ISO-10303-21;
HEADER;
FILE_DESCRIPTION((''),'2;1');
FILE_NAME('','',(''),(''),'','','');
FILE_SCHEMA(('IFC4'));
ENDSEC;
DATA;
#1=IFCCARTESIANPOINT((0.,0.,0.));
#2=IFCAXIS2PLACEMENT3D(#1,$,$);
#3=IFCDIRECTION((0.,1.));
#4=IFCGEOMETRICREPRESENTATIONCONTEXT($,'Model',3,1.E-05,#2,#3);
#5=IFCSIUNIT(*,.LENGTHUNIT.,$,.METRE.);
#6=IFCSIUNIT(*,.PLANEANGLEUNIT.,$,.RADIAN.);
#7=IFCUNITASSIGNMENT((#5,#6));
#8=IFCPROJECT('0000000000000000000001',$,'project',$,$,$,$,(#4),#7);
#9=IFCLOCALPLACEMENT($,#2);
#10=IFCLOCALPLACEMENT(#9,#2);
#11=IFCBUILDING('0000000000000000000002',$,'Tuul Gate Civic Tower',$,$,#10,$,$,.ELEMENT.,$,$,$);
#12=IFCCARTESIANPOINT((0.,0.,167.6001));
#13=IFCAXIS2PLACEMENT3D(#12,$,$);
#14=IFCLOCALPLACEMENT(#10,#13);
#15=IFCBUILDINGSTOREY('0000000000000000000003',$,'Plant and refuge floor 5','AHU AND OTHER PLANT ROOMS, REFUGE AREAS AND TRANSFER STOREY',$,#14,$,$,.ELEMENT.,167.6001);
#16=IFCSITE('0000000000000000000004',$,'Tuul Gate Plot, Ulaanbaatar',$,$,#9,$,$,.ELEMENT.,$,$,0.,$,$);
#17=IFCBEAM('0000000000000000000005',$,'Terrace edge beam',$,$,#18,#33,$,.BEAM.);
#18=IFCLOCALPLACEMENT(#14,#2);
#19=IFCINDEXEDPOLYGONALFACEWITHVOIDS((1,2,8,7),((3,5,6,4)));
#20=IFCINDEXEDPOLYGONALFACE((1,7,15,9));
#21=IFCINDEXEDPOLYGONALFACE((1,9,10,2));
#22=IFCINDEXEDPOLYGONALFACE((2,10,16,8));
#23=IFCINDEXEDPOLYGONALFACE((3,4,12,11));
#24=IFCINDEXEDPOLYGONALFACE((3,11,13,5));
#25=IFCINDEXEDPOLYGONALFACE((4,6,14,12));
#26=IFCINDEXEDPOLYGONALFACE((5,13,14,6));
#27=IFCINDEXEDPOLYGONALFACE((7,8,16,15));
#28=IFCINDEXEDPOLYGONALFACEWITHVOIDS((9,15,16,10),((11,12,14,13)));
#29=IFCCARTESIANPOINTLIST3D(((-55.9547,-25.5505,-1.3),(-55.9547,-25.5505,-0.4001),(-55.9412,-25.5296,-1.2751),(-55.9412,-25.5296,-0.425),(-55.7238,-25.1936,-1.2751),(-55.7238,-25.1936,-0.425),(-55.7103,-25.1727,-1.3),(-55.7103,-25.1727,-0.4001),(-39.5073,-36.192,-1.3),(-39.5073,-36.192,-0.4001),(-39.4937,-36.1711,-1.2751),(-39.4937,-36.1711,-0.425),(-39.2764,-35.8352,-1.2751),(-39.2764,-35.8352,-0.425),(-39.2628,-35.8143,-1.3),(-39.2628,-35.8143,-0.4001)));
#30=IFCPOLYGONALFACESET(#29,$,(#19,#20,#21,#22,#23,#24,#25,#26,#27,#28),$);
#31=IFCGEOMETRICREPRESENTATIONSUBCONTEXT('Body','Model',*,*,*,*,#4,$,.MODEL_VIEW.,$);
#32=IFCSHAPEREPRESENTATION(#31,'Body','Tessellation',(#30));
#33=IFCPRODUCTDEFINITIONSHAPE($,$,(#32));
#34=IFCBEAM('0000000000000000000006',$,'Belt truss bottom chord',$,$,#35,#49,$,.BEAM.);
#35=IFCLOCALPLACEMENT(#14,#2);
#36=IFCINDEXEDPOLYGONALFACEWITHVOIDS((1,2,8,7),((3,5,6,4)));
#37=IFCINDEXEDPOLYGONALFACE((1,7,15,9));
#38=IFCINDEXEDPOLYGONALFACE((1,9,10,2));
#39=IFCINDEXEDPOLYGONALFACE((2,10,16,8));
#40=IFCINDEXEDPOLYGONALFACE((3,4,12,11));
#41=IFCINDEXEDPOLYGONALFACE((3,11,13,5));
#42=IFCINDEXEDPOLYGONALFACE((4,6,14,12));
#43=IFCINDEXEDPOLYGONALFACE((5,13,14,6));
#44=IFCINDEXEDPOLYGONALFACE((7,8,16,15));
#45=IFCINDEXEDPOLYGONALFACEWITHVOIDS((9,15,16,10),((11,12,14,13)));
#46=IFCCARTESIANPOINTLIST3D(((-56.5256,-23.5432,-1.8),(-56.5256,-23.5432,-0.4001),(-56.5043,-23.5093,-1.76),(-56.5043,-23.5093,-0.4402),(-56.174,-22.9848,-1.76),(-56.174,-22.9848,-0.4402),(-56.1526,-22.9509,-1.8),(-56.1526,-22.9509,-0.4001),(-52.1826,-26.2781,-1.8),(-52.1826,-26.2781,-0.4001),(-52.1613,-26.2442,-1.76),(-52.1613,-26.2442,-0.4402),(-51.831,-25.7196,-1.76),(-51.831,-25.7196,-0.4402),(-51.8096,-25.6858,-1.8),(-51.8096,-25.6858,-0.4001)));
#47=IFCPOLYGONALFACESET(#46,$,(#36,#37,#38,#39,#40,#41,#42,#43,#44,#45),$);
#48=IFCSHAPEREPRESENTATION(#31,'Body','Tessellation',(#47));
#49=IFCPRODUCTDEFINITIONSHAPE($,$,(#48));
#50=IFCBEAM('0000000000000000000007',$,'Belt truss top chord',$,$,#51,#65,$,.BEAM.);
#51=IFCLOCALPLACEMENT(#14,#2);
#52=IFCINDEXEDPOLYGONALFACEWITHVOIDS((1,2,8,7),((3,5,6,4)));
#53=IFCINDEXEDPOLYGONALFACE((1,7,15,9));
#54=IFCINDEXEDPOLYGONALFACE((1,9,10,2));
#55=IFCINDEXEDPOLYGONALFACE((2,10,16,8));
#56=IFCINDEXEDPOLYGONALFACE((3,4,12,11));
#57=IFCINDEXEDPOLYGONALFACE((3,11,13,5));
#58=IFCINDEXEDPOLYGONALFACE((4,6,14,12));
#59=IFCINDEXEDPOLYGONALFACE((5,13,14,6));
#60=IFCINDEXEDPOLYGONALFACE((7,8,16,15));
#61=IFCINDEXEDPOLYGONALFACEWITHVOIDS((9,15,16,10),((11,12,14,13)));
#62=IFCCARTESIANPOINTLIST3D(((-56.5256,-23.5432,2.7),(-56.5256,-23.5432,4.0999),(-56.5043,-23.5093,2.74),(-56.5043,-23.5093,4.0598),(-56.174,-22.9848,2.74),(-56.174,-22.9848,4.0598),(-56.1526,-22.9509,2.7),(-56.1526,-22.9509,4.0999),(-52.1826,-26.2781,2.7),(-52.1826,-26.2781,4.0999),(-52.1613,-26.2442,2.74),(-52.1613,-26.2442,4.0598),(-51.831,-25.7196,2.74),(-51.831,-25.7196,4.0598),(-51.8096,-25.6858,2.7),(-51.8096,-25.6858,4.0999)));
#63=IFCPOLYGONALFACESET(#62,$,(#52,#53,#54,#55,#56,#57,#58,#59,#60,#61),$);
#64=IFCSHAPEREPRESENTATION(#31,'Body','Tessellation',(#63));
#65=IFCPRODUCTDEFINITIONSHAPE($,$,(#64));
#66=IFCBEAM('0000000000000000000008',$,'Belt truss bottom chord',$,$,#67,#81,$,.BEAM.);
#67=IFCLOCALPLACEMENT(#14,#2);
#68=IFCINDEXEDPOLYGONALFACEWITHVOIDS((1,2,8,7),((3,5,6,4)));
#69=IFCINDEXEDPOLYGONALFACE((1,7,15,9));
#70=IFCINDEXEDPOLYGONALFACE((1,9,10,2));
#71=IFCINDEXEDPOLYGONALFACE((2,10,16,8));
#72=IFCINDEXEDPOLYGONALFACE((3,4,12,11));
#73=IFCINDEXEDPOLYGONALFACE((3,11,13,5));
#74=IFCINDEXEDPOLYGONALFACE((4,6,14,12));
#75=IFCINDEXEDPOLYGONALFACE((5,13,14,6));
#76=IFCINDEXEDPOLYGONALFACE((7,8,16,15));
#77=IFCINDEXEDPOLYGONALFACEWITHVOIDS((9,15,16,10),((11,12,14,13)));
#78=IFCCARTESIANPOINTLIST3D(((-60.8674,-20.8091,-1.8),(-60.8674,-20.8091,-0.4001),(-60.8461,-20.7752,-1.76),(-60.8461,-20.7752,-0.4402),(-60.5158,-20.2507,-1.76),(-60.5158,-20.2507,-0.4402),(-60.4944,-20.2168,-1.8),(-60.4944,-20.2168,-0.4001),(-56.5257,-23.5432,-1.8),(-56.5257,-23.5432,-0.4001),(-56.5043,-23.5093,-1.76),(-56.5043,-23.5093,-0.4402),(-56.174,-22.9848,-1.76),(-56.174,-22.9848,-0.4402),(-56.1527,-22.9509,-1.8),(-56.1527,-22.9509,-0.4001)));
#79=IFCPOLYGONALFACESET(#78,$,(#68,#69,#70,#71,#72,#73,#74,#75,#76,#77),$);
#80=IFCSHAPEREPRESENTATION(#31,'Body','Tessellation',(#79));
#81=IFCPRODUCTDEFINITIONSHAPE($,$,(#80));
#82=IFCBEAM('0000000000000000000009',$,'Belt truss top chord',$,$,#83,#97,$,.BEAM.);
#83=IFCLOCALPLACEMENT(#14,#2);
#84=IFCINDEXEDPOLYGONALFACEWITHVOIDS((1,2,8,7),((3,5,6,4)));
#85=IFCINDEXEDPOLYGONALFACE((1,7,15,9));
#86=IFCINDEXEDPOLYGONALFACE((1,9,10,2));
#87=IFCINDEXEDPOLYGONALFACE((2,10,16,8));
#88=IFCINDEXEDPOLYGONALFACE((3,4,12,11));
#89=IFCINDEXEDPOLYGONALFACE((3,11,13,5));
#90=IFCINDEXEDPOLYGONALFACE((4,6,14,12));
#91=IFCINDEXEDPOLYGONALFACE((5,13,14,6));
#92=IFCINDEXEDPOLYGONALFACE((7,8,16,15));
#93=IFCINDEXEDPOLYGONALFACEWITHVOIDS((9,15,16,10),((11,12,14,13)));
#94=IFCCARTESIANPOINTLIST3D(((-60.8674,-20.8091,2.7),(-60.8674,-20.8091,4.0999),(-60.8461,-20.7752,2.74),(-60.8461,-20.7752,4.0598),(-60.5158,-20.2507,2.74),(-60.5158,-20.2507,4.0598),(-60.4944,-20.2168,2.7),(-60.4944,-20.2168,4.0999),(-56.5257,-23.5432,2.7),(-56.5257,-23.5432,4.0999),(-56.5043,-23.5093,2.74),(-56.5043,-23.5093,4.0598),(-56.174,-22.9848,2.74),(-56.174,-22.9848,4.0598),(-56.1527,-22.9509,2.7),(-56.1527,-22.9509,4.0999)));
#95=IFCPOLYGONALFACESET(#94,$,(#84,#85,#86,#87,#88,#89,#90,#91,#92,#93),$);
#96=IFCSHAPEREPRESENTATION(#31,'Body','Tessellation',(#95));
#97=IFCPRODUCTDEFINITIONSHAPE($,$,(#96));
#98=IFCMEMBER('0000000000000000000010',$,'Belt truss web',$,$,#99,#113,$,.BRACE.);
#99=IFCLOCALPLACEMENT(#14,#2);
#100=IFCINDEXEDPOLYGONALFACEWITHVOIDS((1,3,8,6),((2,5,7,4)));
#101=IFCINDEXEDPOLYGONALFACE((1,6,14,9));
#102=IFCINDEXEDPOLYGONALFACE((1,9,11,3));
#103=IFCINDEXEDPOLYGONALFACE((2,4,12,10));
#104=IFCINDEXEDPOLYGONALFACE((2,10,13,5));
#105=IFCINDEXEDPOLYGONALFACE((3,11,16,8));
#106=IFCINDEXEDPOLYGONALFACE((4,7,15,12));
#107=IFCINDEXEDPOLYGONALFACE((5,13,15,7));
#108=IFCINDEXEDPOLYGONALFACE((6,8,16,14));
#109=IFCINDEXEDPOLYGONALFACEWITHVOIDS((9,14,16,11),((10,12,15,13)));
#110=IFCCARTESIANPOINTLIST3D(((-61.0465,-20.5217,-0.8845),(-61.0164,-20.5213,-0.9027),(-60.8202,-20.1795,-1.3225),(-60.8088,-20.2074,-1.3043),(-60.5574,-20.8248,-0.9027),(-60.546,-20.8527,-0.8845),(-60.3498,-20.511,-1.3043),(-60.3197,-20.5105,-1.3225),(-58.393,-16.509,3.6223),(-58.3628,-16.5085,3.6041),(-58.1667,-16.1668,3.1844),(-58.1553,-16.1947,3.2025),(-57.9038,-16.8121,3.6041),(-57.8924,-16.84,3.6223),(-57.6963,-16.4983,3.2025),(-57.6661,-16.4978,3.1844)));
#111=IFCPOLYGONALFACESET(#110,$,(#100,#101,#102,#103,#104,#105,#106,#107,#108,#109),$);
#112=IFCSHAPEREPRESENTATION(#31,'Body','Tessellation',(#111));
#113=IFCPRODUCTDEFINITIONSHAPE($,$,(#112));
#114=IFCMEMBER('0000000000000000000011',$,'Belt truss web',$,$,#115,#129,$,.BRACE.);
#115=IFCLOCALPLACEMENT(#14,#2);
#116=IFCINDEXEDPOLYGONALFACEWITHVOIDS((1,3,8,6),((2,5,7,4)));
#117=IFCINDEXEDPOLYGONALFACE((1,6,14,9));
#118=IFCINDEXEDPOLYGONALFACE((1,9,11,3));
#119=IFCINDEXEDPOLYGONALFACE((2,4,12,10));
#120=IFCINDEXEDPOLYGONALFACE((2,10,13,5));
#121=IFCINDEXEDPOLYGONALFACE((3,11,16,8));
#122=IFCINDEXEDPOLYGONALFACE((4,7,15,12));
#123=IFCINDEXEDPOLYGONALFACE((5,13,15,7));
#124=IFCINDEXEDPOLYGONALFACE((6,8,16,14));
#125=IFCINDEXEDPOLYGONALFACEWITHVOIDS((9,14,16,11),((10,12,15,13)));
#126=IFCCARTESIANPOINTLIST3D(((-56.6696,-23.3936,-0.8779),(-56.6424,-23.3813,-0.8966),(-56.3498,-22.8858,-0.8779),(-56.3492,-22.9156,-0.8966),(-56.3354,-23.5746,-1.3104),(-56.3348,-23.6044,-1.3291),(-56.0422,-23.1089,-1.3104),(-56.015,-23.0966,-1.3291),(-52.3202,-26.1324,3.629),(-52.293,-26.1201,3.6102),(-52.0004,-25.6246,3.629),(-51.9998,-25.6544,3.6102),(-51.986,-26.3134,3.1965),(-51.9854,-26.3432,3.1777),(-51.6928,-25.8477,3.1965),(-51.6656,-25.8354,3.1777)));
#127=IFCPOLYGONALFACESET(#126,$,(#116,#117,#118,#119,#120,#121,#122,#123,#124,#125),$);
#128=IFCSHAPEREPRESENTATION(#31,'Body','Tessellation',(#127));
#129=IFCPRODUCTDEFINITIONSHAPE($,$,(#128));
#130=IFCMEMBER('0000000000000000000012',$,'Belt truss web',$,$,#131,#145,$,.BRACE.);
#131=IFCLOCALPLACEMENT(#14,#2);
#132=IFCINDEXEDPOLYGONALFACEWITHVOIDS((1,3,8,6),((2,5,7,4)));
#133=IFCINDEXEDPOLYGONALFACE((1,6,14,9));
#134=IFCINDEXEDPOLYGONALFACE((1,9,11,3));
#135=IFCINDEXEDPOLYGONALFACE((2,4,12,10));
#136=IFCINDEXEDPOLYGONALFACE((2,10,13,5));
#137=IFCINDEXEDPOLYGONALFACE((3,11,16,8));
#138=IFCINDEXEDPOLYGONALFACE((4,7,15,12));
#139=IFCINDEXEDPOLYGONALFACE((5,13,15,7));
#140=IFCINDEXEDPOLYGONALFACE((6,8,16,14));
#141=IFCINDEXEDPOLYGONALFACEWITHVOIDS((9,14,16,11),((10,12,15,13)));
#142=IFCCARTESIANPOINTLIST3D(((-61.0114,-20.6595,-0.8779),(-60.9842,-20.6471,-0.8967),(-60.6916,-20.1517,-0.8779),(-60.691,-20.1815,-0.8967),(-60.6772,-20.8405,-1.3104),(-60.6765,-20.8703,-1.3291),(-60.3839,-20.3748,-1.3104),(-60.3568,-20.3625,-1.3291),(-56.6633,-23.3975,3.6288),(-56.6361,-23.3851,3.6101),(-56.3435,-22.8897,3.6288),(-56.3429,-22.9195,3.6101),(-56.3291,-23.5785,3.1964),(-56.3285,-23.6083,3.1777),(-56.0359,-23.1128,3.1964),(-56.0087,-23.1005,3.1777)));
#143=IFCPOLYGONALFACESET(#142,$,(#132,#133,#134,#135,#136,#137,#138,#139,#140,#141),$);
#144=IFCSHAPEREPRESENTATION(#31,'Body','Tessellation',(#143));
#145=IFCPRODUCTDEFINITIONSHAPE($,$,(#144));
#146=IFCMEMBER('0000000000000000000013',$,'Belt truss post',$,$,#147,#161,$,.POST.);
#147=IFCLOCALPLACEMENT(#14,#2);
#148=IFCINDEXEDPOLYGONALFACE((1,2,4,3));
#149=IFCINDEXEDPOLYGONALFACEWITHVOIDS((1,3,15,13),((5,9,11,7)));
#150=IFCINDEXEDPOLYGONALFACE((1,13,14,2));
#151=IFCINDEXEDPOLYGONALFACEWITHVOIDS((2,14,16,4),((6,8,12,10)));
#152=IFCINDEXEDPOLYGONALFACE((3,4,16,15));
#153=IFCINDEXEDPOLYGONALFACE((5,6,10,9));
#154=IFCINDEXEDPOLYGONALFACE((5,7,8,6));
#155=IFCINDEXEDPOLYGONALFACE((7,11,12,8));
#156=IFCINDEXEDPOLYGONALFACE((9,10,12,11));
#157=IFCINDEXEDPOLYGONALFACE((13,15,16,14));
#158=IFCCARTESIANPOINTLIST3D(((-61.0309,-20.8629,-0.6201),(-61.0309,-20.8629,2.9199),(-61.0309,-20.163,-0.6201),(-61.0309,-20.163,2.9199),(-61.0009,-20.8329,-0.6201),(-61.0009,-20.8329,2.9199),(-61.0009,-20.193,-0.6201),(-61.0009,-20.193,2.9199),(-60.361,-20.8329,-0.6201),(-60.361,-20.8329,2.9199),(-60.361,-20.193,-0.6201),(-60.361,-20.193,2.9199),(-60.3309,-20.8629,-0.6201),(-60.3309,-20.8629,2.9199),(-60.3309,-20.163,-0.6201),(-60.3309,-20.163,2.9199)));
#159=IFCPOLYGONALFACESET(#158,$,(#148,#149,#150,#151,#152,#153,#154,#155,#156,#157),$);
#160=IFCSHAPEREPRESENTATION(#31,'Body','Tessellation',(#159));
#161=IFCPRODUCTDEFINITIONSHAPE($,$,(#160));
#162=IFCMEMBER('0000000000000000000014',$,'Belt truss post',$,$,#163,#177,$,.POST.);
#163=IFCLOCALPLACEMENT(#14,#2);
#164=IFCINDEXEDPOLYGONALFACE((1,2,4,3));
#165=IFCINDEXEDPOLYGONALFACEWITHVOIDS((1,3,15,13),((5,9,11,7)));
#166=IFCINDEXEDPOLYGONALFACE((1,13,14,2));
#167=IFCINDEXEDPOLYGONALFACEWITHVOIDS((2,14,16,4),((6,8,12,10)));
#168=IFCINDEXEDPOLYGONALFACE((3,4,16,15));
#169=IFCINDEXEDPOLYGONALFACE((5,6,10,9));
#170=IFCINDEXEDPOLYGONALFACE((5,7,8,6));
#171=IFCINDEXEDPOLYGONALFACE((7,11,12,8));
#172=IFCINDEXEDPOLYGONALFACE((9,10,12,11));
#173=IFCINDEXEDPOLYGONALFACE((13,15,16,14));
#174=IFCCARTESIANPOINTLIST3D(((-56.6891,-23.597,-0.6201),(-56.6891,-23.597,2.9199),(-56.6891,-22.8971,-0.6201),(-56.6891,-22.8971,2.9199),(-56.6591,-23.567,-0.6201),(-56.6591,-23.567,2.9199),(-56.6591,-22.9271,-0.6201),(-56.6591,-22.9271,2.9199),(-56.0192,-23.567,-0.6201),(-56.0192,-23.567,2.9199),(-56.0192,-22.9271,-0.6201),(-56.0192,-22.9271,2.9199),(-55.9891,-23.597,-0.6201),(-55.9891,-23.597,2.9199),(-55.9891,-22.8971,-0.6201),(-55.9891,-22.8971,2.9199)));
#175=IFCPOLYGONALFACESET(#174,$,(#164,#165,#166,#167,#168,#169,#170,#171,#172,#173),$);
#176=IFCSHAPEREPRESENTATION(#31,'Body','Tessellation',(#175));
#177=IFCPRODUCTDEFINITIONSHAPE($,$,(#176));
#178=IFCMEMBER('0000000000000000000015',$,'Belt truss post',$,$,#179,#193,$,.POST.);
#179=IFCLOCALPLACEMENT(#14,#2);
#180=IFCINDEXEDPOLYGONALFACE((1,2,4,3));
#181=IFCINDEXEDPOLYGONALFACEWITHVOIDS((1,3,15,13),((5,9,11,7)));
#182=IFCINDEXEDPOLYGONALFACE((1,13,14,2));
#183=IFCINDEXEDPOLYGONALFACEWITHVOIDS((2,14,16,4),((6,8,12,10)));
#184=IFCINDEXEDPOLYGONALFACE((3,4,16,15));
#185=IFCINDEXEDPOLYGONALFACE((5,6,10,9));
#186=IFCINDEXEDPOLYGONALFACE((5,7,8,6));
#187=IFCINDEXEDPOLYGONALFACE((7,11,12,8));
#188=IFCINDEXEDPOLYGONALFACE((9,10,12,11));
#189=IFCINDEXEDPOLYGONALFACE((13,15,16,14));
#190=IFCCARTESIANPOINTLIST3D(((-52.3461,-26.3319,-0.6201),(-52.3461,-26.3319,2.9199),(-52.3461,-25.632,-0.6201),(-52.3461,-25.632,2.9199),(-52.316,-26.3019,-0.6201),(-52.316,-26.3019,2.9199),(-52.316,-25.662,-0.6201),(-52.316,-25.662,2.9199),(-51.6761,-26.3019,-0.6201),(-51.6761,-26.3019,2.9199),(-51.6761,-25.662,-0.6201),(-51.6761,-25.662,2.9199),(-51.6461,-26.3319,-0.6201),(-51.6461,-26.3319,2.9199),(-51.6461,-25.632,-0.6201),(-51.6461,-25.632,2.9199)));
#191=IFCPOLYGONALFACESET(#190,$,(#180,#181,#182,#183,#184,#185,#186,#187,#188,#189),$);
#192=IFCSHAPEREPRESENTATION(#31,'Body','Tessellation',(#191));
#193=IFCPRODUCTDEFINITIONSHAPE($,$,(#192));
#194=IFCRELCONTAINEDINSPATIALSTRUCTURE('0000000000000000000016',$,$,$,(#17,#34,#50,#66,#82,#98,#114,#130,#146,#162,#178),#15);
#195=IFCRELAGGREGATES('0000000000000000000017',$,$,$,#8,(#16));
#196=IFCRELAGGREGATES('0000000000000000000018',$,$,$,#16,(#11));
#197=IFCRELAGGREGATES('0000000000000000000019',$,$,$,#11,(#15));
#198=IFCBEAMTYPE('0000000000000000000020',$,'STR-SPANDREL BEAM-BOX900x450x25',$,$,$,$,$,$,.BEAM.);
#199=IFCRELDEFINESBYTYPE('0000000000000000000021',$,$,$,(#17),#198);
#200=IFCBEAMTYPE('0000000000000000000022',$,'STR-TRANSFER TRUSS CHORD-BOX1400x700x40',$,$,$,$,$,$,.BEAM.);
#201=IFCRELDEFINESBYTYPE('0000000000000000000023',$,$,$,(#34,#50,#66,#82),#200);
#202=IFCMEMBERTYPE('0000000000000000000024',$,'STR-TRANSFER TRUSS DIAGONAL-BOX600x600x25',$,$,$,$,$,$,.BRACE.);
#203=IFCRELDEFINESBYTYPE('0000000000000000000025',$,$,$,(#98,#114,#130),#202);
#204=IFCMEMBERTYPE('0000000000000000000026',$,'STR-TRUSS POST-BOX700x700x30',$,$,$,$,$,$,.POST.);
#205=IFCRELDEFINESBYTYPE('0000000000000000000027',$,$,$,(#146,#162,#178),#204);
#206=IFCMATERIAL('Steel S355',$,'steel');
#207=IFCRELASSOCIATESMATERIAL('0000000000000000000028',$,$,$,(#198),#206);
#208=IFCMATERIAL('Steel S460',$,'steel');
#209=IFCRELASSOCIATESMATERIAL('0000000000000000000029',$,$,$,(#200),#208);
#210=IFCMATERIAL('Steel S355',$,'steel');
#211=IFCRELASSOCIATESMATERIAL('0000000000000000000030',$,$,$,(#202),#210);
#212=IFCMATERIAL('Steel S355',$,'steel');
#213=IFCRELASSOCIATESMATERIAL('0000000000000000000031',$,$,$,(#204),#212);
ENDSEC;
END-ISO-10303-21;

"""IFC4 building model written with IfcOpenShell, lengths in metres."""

from ifc_helpers import new_model, si_unit, direction, frame, origin, origin_2d, place, context, subcontext, project, spatial, hollow_rectangle, extrude, material, material_profile, profile_set, type_object, element, save


model = new_model("IFC4")

# Units and contexts
model_context = context("Model", 3, precision=1e-05, world=origin(), true_north=direction((0.0, 1.0)))
body_context = subcontext(model_context, "Body", "Model", "MODEL_VIEW")
ifc_project = project(units=[si_unit("LENGTHUNIT", "METRE"), si_unit("PLANEANGLEUNIT", "RADIAN")], contexts=[model_context])

# Site, building, storey
site_placement = place(None, origin())
site = spatial("IfcSite", under=ifc_project, at=site_placement, Name="Tuul Gate Plot, Ulaanbaatar", CompositionType="ELEMENT", RefElevation=0.0)
building_placement = place(site_placement, origin())
building = spatial("IfcBuilding", under=site, at=building_placement, Name="Tuul Gate Civic Tower", CompositionType="ELEMENT")
storey_placement = place(building_placement, frame((0.0, 0.0, 167.6001)))
storey = spatial("IfcBuildingStorey", under=building, at=storey_placement, Name="Plant and refuge floor 5", Description="AHU AND OTHER PLANT ROOMS, REFUGE AREAS AND TRANSFER STOREY", CompositionType="ELEMENT", Elevation=167.6001)

# Beams
ifc_material_1 = material(Name="Steel S355", Category="steel")
ifc_material_profile_1 = material_profile(ifc_material_1, hollow_rectangle(XDim=0.45, YDim=0.8999, WallThickness=0.0249, at=origin_2d()), Name="BOX900x450x25")
ifc_profile_set_1 = profile_set([ifc_material_profile_1], Name="Steel S355")
beam_type_1 = type_object("IfcBeamType", Name="STR-SPANDREL BEAM-BOX900x450x25", PredefinedType="BEAM", material=ifc_profile_set_1)
beam_placement = place(storey_placement, frame((-55.8325, -25.3616, -0.8501), z_axis=(0.839591, -0.543219, 0.0), x_axis=(0.543219, 0.839591, 0.0)))
element("IfcBeam", 1, at=beam_placement, inside=storey, type_object=beam_type_1, Name="Terrace edge beam", PredefinedType="BEAM", context=body_context, shape_type="SweptSolid", body=[
    extrude(hollow_rectangle(XDim=0.45, YDim=0.8999, WallThickness=0.0249, at=origin_2d()), origin(), (0.0, 0.0, 1.0), 19.5898),
])
ifc_material_2 = material(Name="Steel S460", Category="steel")
ifc_material_profile_2 = material_profile(ifc_material_2, hollow_rectangle(XDim=0.7, YDim=1.3999, WallThickness=0.04, at=origin_2d()), Name="BOX1400x700x40")
ifc_profile_set_2 = profile_set([ifc_material_profile_2], Name="Steel S460")
beam_type_2 = type_object("IfcBeamType", Name="STR-TRANSFER TRUSS CHORD-BOX1400x700x40", PredefinedType="BEAM", material=ifc_profile_set_2)
for number, where, z_axis, x_axis, name in (
    (2, (-56.3391, -23.2471, -1.1001), (0.8462, -0.532865, 0.0), (0.532865, 0.8462, 0.0), "Belt truss bottom chord"),
    (3, (-56.3391, -23.2471, 3.3999), (0.8462, -0.532865, 0.0), (0.532865, 0.8462, 0.0), "Belt truss top chord"),
):
    element("IfcBeam", number, at=place(storey_placement, frame(where, z_axis=z_axis, x_axis=x_axis)), inside=storey, type_object=beam_type_2, Name=name, PredefinedType="BEAM", context=body_context, shape_type="SweptSolid", body=[
        extrude(hollow_rectangle(XDim=0.7, YDim=1.3999, WallThickness=0.04, at=origin_2d()), origin(), (0.0, 0.0, 1.0), 5.1323),
    ])
for number, where, z_axis, x_axis, name in (
    (4, (-60.6809, -20.5129, -1.1001), (0.846197, -0.53287, 0.0), (0.53287, 0.846197, 0.0), "Belt truss bottom chord"),
    (5, (-60.6809, -20.5129, 3.3999), (0.846197, -0.53287, 0.0), (0.53287, 0.846197, 0.0), "Belt truss top chord"),
):
    element("IfcBeam", number, at=place(storey_placement, frame(where, z_axis=z_axis, x_axis=x_axis)), inside=storey, type_object=beam_type_2, Name=name, PredefinedType="BEAM", context=body_context, shape_type="SweptSolid", body=[
        extrude(hollow_rectangle(XDim=0.7, YDim=1.3999, WallThickness=0.04, at=origin_2d()), origin(), (0.0, 0.0, 1.0), 5.1309),
    ])

# Members
ifc_material_3 = material(Name="Steel S355", Category="steel")
ifc_material_profile_3 = material_profile(ifc_material_3, hollow_rectangle(XDim=0.6001, YDim=0.6001, WallThickness=0.0249, at=origin_2d()), Name="BOX600x600x25")
ifc_profile_set_3 = profile_set([ifc_material_profile_3], Name="Steel S355")
member_type_1 = type_object("IfcMemberType", Name="STR-TRANSFER TRUSS DIAGONAL-BOX600x600x25", PredefinedType="BRACE", material=ifc_profile_set_3)
member_1_placement = place(storey_placement, frame((-60.6831, -20.5161, -1.1035), z_axis=(0.402542, 0.60872, 0.683681), x_axis=(-0.834114, 0.551593, 0.0)))
element("IfcMember", 6, at=member_1_placement, inside=storey, type_object=member_type_1, Name="Belt truss web", PredefinedType="BRACE", context=body_context, shape_type="SweptSolid", body=[
    extrude(hollow_rectangle(XDim=0.6001, YDim=0.6001, WallThickness=0.0249, at=origin_2d()), origin(), (0.0, 0.0, 1.0), 6.592),
])
member_2_placement = place(storey_placement, frame((-56.3423, -23.2451, -1.1035), z_axis=(0.636254, -0.400646, 0.65929), x_axis=(0.532852, 0.846208, 0.0)))
element("IfcMember", 7, at=member_2_placement, inside=storey, type_object=member_type_1, Name="Belt truss web", PredefinedType="BRACE", context=body_context, shape_type="SweptSolid", body=[
    extrude(hollow_rectangle(XDim=0.6001, YDim=0.6001, WallThickness=0.0249, at=origin_2d()), origin(), (0.0, 0.0, 1.0), 6.8359),
])
member_3_placement = place(storey_placement, frame((-60.6841, -20.511, -1.1035), z_axis=(0.636175, -0.400601, 0.659393), x_axis=(0.532857, 0.846205, 0.0)))
element("IfcMember", 8, at=member_3_placement, inside=storey, type_object=member_type_1, Name="Belt truss web", PredefinedType="BRACE", context=body_context, shape_type="SweptSolid", body=[
    extrude(hollow_rectangle(XDim=0.6001, YDim=0.6001, WallThickness=0.0249, at=origin_2d()), origin(), (0.0, 0.0, 1.0), 6.8347),
])
ifc_material_4 = material(Name="Steel S355", Category="steel")
ifc_material_profile_4 = material_profile(ifc_material_4, hollow_rectangle(XDim=0.7, YDim=0.7, WallThickness=0.03, at=origin_2d()), Name="BOX700x700x30")
ifc_profile_set_4 = profile_set([ifc_material_profile_4], Name="Steel S355")
member_type_2 = type_object("IfcMemberType", Name="STR-TRUSS POST-BOX700x700x30", PredefinedType="POST", material=ifc_profile_set_4)
for number, where, z_axis, x_axis, name in (
    (9, (-60.6809, -20.5129, -0.6201), (0.0, 0.0, 1.0), (1.0, 0.0, 0.0), "Belt truss post"),
    (10, (-56.3391, -23.2471, -0.6201), (0.0, 0.0, 1.0), (1.0, 0.0, 0.0), "Belt truss post"),
    (11, (-51.9961, -25.9819, -0.6201), (0.0, 0.0, 1.0), (1.0, 0.0, 0.0), "Belt truss post"),
):
    element("IfcMember", number, at=place(storey_placement, frame(where, z_axis=z_axis, x_axis=x_axis)), inside=storey, type_object=member_type_2, Name=name, PredefinedType="POST", context=body_context, shape_type="SweptSolid", body=[
        extrude(hollow_rectangle(XDim=0.7, YDim=0.7, WallThickness=0.03, at=origin_2d()), origin(), (0.0, 0.0, 1.0), 3.54),
    ])

save(model, "model.ifc")
